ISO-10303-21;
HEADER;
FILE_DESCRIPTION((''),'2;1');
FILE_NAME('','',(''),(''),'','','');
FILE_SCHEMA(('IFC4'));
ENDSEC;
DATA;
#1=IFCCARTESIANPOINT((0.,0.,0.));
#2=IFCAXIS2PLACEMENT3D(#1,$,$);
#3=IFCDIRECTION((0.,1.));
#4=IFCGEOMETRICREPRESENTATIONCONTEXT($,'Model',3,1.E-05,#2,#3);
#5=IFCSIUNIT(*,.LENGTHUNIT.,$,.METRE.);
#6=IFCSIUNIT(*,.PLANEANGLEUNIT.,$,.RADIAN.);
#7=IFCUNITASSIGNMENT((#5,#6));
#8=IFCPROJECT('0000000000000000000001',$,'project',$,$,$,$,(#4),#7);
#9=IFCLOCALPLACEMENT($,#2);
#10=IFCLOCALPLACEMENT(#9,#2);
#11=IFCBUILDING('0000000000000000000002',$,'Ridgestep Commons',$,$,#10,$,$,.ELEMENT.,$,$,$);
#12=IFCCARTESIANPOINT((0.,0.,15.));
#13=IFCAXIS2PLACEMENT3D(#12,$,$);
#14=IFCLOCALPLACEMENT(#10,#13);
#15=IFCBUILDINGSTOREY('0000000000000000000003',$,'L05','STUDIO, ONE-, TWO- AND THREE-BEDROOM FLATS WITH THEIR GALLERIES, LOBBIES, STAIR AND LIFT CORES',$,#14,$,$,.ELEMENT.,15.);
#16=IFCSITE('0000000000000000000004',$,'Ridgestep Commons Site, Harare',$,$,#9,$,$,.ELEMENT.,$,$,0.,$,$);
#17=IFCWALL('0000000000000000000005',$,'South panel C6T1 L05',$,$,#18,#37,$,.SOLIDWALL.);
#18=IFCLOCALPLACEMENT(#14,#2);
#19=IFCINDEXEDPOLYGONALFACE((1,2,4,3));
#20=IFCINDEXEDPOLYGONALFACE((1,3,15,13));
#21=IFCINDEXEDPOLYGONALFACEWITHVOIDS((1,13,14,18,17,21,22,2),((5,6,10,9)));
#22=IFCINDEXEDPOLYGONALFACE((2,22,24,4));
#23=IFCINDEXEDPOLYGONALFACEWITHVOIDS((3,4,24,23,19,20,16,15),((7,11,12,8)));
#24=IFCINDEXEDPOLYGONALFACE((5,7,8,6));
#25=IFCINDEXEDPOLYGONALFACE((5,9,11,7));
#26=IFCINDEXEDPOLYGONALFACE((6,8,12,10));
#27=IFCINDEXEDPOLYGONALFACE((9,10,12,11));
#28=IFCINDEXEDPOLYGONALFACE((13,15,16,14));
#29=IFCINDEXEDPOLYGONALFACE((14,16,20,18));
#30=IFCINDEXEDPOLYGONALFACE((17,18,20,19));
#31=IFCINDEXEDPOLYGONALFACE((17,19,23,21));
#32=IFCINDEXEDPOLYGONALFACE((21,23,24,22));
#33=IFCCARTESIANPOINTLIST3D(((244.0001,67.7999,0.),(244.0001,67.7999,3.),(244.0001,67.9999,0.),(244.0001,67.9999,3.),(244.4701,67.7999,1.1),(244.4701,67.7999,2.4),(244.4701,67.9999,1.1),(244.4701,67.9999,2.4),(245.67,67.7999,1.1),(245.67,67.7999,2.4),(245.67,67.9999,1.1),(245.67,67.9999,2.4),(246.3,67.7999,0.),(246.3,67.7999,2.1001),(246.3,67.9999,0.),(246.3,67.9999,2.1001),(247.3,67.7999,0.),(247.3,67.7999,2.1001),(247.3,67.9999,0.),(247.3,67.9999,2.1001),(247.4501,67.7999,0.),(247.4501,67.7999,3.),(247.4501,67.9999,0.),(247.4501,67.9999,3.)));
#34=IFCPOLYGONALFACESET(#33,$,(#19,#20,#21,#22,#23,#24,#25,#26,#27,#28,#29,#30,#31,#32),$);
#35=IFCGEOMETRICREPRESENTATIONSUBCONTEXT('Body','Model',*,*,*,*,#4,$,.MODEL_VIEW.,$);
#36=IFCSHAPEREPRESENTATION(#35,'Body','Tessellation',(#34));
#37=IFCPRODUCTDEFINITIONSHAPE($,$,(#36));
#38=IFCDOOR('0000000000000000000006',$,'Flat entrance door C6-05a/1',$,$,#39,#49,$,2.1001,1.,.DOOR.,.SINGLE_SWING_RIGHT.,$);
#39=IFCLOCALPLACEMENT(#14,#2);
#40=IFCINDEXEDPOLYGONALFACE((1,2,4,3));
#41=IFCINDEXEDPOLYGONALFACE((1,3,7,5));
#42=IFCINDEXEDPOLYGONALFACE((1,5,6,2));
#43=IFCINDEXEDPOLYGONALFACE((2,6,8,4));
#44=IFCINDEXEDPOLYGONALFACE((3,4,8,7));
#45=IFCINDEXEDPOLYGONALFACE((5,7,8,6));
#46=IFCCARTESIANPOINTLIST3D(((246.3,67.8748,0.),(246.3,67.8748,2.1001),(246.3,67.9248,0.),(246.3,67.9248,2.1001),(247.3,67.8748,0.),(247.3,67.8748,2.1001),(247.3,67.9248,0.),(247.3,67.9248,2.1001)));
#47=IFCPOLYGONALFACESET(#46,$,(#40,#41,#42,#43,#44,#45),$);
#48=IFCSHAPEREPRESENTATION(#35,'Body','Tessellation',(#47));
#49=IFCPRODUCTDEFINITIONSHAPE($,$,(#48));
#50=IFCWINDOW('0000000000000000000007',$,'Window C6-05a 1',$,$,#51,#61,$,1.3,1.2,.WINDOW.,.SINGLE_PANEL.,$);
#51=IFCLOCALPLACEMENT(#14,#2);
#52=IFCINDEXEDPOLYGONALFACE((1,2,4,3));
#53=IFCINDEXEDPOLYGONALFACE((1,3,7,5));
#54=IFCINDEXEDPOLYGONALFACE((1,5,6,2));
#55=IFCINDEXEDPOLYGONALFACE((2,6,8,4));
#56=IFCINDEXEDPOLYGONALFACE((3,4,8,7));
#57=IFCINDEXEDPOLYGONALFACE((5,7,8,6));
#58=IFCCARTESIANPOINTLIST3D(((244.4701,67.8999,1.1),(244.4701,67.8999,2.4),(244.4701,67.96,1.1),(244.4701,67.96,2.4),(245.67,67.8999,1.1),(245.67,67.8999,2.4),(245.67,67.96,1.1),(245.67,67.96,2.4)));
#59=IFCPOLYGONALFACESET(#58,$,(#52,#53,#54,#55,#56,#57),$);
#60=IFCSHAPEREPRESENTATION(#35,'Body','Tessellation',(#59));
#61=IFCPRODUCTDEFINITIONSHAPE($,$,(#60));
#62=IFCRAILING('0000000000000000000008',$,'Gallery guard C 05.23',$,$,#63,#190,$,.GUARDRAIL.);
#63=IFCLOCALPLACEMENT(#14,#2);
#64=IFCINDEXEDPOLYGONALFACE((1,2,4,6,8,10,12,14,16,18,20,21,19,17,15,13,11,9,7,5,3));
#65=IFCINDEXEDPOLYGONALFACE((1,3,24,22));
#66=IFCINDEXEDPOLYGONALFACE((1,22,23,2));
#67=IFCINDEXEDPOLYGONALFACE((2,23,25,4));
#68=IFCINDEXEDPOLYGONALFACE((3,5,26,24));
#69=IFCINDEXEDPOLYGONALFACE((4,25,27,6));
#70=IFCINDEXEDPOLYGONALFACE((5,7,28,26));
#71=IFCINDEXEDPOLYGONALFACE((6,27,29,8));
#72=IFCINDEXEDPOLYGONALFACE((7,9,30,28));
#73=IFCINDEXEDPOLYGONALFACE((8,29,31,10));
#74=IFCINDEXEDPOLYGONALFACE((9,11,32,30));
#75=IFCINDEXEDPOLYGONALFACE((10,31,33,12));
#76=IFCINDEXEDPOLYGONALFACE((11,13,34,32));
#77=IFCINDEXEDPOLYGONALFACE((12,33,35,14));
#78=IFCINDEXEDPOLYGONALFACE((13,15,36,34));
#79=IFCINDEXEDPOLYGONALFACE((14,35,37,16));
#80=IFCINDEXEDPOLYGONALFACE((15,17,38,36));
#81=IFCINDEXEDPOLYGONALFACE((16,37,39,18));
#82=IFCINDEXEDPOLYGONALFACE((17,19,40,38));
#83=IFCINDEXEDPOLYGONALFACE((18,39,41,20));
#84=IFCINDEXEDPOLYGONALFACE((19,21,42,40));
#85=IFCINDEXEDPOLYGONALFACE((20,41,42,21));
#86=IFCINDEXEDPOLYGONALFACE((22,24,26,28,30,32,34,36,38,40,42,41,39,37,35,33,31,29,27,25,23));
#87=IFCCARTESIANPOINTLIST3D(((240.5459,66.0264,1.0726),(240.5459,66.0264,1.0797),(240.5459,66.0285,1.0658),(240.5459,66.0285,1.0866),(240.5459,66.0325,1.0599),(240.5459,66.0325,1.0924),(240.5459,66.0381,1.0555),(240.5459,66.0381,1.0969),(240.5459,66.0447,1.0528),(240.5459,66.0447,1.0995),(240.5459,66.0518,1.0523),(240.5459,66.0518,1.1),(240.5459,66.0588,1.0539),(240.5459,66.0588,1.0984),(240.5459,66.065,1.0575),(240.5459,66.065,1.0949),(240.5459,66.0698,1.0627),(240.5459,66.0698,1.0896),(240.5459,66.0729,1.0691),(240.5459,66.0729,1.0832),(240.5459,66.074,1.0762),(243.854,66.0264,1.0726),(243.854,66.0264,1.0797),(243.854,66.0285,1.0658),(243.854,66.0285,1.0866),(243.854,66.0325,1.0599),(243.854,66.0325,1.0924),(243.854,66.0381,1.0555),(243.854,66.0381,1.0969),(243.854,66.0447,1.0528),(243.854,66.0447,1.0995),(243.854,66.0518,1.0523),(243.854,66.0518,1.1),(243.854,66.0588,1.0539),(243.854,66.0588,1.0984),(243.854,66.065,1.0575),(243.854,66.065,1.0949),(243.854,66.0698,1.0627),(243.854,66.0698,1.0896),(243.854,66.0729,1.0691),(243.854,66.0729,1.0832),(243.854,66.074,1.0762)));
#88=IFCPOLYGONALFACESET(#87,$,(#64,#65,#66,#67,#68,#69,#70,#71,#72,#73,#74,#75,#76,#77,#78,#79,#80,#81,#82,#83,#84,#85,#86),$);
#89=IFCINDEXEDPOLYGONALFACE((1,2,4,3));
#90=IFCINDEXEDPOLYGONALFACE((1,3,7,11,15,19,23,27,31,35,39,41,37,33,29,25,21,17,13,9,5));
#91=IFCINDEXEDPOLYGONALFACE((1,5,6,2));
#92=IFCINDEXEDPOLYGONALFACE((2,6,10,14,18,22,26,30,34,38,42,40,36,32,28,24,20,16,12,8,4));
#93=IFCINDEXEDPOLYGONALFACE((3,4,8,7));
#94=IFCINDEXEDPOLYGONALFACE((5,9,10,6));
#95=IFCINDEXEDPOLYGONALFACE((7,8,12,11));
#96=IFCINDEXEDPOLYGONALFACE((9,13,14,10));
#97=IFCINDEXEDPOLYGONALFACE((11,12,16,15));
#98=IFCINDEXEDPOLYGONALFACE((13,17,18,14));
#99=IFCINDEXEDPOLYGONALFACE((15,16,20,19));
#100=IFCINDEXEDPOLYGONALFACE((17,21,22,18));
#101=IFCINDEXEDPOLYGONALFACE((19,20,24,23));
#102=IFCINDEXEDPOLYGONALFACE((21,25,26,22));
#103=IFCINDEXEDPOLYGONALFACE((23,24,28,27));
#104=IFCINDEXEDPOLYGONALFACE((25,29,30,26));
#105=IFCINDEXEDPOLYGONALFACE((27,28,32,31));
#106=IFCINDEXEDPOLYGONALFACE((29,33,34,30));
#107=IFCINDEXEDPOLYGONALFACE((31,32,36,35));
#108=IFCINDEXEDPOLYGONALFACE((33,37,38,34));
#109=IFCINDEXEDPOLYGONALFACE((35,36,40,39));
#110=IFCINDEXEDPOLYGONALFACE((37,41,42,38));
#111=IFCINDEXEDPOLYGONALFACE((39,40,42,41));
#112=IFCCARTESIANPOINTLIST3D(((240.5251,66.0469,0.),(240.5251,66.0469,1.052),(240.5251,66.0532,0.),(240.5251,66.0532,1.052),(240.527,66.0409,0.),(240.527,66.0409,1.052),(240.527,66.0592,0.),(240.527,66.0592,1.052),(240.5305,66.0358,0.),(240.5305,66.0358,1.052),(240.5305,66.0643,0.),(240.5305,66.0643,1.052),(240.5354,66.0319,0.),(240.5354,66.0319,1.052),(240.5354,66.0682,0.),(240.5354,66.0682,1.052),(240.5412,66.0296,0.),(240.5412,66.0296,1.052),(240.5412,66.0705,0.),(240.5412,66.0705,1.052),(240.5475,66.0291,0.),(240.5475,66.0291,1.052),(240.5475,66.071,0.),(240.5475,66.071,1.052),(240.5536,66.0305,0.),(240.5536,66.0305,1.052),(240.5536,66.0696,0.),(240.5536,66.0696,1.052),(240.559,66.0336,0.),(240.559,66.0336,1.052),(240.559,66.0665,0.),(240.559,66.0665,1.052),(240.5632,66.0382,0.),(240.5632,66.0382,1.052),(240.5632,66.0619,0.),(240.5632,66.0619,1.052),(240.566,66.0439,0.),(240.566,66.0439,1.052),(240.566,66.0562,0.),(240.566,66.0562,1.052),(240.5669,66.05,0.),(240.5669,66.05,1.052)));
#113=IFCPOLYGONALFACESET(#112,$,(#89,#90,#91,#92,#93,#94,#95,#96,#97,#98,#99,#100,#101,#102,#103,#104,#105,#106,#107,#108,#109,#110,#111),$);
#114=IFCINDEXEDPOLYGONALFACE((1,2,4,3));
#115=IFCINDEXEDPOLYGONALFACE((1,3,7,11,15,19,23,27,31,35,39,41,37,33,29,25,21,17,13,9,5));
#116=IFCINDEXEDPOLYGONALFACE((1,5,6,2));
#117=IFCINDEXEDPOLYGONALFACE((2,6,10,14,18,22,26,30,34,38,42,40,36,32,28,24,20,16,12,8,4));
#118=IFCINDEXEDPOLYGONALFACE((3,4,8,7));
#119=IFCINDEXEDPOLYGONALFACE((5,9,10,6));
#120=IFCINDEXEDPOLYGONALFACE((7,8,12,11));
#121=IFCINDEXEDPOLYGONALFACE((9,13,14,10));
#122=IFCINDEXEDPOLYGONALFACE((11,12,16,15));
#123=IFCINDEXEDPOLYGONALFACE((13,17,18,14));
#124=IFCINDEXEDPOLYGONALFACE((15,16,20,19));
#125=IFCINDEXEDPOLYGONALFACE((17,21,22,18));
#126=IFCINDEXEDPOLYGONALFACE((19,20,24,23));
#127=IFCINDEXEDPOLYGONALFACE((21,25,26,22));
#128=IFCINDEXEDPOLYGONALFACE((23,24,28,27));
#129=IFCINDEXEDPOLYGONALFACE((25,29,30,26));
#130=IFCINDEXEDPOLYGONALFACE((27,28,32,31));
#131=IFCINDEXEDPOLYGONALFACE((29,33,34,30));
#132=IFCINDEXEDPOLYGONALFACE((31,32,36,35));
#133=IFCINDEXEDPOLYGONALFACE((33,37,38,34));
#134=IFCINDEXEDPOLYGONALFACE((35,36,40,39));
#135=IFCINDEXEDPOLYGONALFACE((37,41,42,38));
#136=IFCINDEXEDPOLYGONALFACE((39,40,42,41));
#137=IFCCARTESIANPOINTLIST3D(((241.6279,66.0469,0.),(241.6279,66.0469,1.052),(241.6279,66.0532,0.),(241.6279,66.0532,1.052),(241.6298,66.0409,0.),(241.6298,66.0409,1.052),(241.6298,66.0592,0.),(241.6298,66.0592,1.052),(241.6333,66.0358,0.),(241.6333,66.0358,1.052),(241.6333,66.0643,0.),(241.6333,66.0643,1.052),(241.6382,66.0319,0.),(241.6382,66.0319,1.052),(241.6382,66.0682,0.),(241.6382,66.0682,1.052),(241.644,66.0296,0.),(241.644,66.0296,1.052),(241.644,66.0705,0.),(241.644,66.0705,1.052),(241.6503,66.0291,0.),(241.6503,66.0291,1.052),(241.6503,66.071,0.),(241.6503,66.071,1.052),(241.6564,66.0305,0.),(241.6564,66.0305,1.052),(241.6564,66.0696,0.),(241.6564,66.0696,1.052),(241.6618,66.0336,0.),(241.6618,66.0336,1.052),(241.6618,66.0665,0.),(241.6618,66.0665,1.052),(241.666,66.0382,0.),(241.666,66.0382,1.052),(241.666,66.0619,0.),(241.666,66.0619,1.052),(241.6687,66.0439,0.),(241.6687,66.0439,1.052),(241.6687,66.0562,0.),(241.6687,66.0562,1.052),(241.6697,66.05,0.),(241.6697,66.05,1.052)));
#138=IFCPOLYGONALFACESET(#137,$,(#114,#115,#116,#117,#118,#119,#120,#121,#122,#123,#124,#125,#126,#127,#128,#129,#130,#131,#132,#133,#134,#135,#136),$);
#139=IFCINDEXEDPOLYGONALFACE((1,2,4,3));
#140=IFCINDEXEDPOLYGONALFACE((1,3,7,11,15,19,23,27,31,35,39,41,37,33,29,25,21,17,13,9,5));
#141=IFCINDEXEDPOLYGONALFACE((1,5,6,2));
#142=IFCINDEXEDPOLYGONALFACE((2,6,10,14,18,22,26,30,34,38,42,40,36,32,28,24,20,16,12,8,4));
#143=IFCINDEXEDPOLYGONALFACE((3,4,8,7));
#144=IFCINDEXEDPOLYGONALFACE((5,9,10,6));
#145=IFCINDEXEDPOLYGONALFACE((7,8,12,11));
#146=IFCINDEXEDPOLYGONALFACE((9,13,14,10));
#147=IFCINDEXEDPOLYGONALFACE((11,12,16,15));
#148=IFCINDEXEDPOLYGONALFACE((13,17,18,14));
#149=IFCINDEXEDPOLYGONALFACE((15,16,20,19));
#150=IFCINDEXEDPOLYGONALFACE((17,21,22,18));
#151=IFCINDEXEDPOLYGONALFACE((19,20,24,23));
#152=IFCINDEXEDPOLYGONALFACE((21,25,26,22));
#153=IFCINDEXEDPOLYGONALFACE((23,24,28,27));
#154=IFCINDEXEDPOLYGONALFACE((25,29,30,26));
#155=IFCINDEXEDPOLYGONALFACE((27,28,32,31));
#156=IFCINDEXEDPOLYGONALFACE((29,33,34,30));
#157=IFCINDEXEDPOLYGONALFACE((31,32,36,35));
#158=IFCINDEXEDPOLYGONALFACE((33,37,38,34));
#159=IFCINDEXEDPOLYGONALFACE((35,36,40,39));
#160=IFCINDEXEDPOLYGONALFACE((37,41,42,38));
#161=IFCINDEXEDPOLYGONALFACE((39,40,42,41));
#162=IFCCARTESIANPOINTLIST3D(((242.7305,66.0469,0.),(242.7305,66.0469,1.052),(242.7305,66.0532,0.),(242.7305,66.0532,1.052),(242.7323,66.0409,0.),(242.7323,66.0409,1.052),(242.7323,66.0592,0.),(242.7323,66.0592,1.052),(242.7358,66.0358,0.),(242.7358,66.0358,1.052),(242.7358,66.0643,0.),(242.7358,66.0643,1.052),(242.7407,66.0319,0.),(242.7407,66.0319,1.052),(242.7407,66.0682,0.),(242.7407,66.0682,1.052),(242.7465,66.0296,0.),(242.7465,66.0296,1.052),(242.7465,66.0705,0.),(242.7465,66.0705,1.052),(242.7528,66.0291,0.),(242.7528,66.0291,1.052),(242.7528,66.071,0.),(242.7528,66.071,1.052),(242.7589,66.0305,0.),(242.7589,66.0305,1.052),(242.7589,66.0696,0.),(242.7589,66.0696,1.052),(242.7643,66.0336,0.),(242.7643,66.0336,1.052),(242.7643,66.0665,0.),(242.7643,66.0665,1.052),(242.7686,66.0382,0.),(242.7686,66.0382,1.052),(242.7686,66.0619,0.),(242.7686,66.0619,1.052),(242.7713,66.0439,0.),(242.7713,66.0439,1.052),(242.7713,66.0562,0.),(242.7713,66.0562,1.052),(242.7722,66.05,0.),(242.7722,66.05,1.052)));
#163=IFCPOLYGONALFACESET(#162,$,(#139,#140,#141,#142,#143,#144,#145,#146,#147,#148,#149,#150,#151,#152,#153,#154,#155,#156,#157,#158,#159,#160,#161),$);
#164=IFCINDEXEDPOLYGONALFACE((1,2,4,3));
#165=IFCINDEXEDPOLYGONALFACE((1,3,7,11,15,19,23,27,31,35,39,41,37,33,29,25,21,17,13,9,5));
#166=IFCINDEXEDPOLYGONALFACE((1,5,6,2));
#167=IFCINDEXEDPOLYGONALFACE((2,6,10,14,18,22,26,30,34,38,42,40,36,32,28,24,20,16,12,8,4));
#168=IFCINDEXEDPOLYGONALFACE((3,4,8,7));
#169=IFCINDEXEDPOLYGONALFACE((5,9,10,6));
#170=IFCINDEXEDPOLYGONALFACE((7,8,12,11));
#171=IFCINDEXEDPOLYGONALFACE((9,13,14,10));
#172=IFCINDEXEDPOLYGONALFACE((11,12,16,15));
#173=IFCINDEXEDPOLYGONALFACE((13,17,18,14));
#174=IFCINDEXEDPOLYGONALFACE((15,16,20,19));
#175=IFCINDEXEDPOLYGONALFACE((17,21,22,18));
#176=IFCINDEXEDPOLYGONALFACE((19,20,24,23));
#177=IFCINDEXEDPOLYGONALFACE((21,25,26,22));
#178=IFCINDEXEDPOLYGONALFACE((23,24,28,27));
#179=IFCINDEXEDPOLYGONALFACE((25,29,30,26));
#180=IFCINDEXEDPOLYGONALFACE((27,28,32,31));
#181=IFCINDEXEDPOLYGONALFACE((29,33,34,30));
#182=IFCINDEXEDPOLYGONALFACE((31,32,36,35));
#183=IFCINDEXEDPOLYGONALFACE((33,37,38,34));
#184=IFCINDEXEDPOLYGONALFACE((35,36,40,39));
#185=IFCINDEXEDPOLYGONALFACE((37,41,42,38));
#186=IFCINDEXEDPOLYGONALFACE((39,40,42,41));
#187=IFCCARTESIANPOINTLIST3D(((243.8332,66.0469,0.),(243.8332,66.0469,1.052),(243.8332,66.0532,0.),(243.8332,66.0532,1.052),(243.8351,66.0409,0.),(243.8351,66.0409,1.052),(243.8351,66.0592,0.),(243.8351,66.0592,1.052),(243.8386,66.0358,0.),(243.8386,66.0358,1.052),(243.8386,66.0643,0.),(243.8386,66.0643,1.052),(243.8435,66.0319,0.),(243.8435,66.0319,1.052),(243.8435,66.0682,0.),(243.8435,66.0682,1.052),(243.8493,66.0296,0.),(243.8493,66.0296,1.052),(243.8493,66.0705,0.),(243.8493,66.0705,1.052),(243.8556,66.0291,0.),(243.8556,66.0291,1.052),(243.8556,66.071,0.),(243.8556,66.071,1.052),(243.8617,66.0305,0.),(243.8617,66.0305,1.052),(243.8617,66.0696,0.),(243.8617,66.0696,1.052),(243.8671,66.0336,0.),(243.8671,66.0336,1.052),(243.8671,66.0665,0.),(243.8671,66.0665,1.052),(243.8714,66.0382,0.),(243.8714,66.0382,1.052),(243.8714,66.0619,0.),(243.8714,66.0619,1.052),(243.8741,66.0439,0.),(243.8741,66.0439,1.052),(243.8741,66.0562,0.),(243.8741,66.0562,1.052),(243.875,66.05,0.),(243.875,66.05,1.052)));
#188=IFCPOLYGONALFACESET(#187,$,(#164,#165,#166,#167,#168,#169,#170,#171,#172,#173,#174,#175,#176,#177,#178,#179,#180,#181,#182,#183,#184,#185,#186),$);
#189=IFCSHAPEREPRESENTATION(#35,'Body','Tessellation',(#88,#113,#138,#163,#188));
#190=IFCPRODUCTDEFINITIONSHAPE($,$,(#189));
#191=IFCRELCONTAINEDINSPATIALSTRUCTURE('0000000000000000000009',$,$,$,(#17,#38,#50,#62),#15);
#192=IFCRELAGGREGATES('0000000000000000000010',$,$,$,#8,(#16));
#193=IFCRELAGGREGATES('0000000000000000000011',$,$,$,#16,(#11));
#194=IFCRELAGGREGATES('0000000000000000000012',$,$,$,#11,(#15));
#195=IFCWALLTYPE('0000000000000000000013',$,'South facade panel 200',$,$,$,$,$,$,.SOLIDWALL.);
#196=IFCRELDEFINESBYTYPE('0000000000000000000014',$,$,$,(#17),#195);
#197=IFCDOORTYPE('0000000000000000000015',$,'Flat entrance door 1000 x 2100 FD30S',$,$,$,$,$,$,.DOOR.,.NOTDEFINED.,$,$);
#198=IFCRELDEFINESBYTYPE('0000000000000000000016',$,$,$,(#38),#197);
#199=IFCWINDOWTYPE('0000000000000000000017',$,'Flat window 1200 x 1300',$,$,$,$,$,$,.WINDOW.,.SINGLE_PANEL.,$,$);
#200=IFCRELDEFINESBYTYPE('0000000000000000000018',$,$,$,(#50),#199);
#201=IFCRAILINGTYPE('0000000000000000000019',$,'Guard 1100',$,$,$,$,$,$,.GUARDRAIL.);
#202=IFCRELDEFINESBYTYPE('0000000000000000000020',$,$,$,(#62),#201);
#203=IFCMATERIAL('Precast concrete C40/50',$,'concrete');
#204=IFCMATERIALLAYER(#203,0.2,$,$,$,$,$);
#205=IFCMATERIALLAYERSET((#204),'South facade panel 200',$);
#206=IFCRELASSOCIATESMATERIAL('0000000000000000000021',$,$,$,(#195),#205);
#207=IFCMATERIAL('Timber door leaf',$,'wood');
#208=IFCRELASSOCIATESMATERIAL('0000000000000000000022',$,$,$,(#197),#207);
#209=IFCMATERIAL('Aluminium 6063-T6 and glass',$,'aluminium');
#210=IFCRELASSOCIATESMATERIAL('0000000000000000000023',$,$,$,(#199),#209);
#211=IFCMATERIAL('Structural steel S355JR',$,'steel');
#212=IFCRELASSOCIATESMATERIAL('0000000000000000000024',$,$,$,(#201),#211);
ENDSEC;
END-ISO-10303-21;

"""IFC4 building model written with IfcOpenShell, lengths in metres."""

from ifc_helpers import new_model, si_unit, direction, frame, frame_2d, origin, origin_2d, place, context, subcontext, project, spatial, rectangle, circle, extrude, material, layer, layer_set, type_object, element, fill, save


model = new_model("IFC4")

# Units and contexts
model_context = context("Model", 3, precision=1e-05, world=origin(), true_north=direction((0.0, 1.0)))
body_context = subcontext(model_context, "Body", "Model", "MODEL_VIEW")
ifc_project = project(units=[si_unit("LENGTHUNIT", "METRE"), si_unit("PLANEANGLEUNIT", "RADIAN")], contexts=[model_context])

# Site, building, storey
site_placement = place(None, origin())
site = spatial("IfcSite", under=ifc_project, at=site_placement, Name="Ridgestep Commons Site, Harare", CompositionType="ELEMENT", RefElevation=0.0)
building_placement = place(site_placement, origin())
building = spatial("IfcBuilding", under=site, at=building_placement, Name="Ridgestep Commons", CompositionType="ELEMENT")
storey_placement = place(building_placement, frame((0.0, 0.0, 15.0)))
storey = spatial("IfcBuildingStorey", under=building, at=storey_placement, Name="L05", Description="STUDIO, ONE-, TWO- AND THREE-BEDROOM FLATS WITH THEIR GALLERIES, LOBBIES, STAIR AND LIFT CORES", CompositionType="ELEMENT", Elevation=15.0)

# Wall, openings, door, window
ifc_material_1 = material(Name="Precast concrete C40/50", Category="concrete")
ifc_layer_1 = layer(ifc_material_1, 0.2)
ifc_layer_set_1 = layer_set([ifc_layer_1], Name="South facade panel 200")
wall_type_1 = type_object("IfcWallType", Name="South facade panel 200", PredefinedType="SOLIDWALL", material=ifc_layer_set_1)
ifc_material_2 = material(Name="Timber door leaf", Category="wood")
door_type_1 = type_object("IfcDoorType", Name="Flat entrance door 1000 x 2100 FD30S", OperationType="NOTDEFINED", PredefinedType="DOOR", material=ifc_material_2)
ifc_material_3 = material(Name="Aluminium 6063-T6 and glass", Category="aluminium")
window_type_1 = type_object("IfcWindowType", Name="Flat window 1200 x 1300", PartitioningType="SINGLE_PANEL", PredefinedType="WINDOW", material=ifc_material_3)
wall_1_placement = place(storey_placement, frame((244.0, 67.8999, 0.0), z_axis=(0.0, 0.0, 1.0), x_axis=(1.0, 0.0, 0.0)))
wall_1 = element("IfcWall", 1, at=wall_1_placement, inside=storey, type_object=wall_type_1, Name="South panel C6T1 L05", PredefinedType="SOLIDWALL", context=body_context, shape_type="SweptSolid", body=[
    extrude(rectangle(XDim=3.45, YDim=0.2, at=frame_2d((1.7251, 0.0))), origin(), (0.0, 0.0, 1.0), 3.0),
])
opening_1_placement = place(wall_1_placement, frame((0.47, 0.0, 1.1001)))
opening_1 = element("IfcOpeningElement", 2, at=opening_1_placement, cuts=wall_1, PredefinedType="OPENING", context=body_context, shape_type="SweptSolid", body=[
    extrude(rectangle(XDim=1.2, YDim=1.3, at=frame_2d((0.6001, 0.6499))), frame((0.0, 0.1099, 0.0), z_axis=(0.0, -1.0, 0.0), x_axis=(1.0, 0.0, 0.0)), (0.0, 0.0, 1.0), 0.22),
])
opening_2_placement = place(wall_1_placement, frame((2.3, 0.0, 0.0)))
opening_2 = element("IfcOpeningElement", 3, at=opening_2_placement, cuts=wall_1, PredefinedType="OPENING", context=body_context, shape_type="SweptSolid", body=[
    extrude(rectangle(XDim=1.0, YDim=2.1001, at=frame_2d((0.5, 1.05))), frame((0.0, 0.1099, 0.0), z_axis=(0.0, -1.0, 0.0), x_axis=(1.0, 0.0, 0.0)), (0.0, 0.0, 1.0), 0.22),
])
door_1_placement = place(opening_2_placement, origin())
door_1 = element("IfcDoor", 4, at=door_1_placement, inside=storey, type_object=door_type_1, Name="Flat entrance door C6-05a/1", OperationType="SINGLE_SWING_RIGHT", OverallHeight=2.1001, OverallWidth=1.0, PredefinedType="DOOR", context=body_context, shape_type="SweptSolid", body=[
    extrude(rectangle(XDim=1.0, YDim=2.1001, at=frame_2d((0.5, 1.05))), frame((0.0, 0.0249, 0.0), z_axis=(0.0, -1.0, 0.0), x_axis=(1.0, 0.0, 0.0)), (0.0, 0.0, 1.0), 0.05),
])
fill(opening_2, door_1)
window_1_placement = place(opening_1_placement, origin())
window_1 = element("IfcWindow", 5, at=window_1_placement, inside=storey, type_object=window_type_1, Name="Window C6-05a 1", OverallHeight=1.3, OverallWidth=1.2, PartitioningType="SINGLE_PANEL", PredefinedType="WINDOW", context=body_context, shape_type="SweptSolid", body=[
    extrude(rectangle(XDim=1.2, YDim=1.3, at=frame_2d((0.6001, 0.6499))), frame((0.0, 0.0601, 0.0), z_axis=(0.0, -1.0, 0.0), x_axis=(1.0, 0.0, 0.0)), (0.0, 0.0, 1.0), 0.0601),
])
fill(opening_1, window_1)

# Railing
ifc_material_4 = material(Name="Structural steel S355JR", Category="steel")
railing_type = type_object("IfcRailingType", Name="Guard 1100", PredefinedType="GUARDRAIL", material=ifc_material_4)
railing_1_placement = place(storey_placement, frame((240.5459, 66.05, 0.0)))
element("IfcRailing", 6, at=railing_1_placement, inside=storey, type_object=railing_type, Name="Gallery guard C 05.23", PredefinedType="GUARDRAIL", context=body_context, shape_type="SweptSolid", body=[
    extrude(circle(Radius=0.0239, at=origin_2d()), frame((0.0, 0.0, 1.0762), z_axis=(1.0, 0.0, 0.0), x_axis=(0.0, 1.0, 0.0)), (0.0, 0.0, 1.0), 3.3081),
    extrude(circle(Radius=0.021, at=origin_2d()), origin(), (0.0, 0.0, 1.0), 1.052),
    extrude(circle(Radius=0.021, at=origin_2d()), frame((1.1028, 0.0, 0.0)), (0.0, 0.0, 1.0), 1.052),
    extrude(circle(Radius=0.021, at=origin_2d()), frame((2.2053, 0.0, 0.0)), (0.0, 0.0, 1.0), 1.052),
    extrude(circle(Radius=0.021, at=origin_2d()), frame((3.3081, 0.0, 0.0)), (0.0, 0.0, 1.0), 1.052),
])

save(model, "model.ifc")
